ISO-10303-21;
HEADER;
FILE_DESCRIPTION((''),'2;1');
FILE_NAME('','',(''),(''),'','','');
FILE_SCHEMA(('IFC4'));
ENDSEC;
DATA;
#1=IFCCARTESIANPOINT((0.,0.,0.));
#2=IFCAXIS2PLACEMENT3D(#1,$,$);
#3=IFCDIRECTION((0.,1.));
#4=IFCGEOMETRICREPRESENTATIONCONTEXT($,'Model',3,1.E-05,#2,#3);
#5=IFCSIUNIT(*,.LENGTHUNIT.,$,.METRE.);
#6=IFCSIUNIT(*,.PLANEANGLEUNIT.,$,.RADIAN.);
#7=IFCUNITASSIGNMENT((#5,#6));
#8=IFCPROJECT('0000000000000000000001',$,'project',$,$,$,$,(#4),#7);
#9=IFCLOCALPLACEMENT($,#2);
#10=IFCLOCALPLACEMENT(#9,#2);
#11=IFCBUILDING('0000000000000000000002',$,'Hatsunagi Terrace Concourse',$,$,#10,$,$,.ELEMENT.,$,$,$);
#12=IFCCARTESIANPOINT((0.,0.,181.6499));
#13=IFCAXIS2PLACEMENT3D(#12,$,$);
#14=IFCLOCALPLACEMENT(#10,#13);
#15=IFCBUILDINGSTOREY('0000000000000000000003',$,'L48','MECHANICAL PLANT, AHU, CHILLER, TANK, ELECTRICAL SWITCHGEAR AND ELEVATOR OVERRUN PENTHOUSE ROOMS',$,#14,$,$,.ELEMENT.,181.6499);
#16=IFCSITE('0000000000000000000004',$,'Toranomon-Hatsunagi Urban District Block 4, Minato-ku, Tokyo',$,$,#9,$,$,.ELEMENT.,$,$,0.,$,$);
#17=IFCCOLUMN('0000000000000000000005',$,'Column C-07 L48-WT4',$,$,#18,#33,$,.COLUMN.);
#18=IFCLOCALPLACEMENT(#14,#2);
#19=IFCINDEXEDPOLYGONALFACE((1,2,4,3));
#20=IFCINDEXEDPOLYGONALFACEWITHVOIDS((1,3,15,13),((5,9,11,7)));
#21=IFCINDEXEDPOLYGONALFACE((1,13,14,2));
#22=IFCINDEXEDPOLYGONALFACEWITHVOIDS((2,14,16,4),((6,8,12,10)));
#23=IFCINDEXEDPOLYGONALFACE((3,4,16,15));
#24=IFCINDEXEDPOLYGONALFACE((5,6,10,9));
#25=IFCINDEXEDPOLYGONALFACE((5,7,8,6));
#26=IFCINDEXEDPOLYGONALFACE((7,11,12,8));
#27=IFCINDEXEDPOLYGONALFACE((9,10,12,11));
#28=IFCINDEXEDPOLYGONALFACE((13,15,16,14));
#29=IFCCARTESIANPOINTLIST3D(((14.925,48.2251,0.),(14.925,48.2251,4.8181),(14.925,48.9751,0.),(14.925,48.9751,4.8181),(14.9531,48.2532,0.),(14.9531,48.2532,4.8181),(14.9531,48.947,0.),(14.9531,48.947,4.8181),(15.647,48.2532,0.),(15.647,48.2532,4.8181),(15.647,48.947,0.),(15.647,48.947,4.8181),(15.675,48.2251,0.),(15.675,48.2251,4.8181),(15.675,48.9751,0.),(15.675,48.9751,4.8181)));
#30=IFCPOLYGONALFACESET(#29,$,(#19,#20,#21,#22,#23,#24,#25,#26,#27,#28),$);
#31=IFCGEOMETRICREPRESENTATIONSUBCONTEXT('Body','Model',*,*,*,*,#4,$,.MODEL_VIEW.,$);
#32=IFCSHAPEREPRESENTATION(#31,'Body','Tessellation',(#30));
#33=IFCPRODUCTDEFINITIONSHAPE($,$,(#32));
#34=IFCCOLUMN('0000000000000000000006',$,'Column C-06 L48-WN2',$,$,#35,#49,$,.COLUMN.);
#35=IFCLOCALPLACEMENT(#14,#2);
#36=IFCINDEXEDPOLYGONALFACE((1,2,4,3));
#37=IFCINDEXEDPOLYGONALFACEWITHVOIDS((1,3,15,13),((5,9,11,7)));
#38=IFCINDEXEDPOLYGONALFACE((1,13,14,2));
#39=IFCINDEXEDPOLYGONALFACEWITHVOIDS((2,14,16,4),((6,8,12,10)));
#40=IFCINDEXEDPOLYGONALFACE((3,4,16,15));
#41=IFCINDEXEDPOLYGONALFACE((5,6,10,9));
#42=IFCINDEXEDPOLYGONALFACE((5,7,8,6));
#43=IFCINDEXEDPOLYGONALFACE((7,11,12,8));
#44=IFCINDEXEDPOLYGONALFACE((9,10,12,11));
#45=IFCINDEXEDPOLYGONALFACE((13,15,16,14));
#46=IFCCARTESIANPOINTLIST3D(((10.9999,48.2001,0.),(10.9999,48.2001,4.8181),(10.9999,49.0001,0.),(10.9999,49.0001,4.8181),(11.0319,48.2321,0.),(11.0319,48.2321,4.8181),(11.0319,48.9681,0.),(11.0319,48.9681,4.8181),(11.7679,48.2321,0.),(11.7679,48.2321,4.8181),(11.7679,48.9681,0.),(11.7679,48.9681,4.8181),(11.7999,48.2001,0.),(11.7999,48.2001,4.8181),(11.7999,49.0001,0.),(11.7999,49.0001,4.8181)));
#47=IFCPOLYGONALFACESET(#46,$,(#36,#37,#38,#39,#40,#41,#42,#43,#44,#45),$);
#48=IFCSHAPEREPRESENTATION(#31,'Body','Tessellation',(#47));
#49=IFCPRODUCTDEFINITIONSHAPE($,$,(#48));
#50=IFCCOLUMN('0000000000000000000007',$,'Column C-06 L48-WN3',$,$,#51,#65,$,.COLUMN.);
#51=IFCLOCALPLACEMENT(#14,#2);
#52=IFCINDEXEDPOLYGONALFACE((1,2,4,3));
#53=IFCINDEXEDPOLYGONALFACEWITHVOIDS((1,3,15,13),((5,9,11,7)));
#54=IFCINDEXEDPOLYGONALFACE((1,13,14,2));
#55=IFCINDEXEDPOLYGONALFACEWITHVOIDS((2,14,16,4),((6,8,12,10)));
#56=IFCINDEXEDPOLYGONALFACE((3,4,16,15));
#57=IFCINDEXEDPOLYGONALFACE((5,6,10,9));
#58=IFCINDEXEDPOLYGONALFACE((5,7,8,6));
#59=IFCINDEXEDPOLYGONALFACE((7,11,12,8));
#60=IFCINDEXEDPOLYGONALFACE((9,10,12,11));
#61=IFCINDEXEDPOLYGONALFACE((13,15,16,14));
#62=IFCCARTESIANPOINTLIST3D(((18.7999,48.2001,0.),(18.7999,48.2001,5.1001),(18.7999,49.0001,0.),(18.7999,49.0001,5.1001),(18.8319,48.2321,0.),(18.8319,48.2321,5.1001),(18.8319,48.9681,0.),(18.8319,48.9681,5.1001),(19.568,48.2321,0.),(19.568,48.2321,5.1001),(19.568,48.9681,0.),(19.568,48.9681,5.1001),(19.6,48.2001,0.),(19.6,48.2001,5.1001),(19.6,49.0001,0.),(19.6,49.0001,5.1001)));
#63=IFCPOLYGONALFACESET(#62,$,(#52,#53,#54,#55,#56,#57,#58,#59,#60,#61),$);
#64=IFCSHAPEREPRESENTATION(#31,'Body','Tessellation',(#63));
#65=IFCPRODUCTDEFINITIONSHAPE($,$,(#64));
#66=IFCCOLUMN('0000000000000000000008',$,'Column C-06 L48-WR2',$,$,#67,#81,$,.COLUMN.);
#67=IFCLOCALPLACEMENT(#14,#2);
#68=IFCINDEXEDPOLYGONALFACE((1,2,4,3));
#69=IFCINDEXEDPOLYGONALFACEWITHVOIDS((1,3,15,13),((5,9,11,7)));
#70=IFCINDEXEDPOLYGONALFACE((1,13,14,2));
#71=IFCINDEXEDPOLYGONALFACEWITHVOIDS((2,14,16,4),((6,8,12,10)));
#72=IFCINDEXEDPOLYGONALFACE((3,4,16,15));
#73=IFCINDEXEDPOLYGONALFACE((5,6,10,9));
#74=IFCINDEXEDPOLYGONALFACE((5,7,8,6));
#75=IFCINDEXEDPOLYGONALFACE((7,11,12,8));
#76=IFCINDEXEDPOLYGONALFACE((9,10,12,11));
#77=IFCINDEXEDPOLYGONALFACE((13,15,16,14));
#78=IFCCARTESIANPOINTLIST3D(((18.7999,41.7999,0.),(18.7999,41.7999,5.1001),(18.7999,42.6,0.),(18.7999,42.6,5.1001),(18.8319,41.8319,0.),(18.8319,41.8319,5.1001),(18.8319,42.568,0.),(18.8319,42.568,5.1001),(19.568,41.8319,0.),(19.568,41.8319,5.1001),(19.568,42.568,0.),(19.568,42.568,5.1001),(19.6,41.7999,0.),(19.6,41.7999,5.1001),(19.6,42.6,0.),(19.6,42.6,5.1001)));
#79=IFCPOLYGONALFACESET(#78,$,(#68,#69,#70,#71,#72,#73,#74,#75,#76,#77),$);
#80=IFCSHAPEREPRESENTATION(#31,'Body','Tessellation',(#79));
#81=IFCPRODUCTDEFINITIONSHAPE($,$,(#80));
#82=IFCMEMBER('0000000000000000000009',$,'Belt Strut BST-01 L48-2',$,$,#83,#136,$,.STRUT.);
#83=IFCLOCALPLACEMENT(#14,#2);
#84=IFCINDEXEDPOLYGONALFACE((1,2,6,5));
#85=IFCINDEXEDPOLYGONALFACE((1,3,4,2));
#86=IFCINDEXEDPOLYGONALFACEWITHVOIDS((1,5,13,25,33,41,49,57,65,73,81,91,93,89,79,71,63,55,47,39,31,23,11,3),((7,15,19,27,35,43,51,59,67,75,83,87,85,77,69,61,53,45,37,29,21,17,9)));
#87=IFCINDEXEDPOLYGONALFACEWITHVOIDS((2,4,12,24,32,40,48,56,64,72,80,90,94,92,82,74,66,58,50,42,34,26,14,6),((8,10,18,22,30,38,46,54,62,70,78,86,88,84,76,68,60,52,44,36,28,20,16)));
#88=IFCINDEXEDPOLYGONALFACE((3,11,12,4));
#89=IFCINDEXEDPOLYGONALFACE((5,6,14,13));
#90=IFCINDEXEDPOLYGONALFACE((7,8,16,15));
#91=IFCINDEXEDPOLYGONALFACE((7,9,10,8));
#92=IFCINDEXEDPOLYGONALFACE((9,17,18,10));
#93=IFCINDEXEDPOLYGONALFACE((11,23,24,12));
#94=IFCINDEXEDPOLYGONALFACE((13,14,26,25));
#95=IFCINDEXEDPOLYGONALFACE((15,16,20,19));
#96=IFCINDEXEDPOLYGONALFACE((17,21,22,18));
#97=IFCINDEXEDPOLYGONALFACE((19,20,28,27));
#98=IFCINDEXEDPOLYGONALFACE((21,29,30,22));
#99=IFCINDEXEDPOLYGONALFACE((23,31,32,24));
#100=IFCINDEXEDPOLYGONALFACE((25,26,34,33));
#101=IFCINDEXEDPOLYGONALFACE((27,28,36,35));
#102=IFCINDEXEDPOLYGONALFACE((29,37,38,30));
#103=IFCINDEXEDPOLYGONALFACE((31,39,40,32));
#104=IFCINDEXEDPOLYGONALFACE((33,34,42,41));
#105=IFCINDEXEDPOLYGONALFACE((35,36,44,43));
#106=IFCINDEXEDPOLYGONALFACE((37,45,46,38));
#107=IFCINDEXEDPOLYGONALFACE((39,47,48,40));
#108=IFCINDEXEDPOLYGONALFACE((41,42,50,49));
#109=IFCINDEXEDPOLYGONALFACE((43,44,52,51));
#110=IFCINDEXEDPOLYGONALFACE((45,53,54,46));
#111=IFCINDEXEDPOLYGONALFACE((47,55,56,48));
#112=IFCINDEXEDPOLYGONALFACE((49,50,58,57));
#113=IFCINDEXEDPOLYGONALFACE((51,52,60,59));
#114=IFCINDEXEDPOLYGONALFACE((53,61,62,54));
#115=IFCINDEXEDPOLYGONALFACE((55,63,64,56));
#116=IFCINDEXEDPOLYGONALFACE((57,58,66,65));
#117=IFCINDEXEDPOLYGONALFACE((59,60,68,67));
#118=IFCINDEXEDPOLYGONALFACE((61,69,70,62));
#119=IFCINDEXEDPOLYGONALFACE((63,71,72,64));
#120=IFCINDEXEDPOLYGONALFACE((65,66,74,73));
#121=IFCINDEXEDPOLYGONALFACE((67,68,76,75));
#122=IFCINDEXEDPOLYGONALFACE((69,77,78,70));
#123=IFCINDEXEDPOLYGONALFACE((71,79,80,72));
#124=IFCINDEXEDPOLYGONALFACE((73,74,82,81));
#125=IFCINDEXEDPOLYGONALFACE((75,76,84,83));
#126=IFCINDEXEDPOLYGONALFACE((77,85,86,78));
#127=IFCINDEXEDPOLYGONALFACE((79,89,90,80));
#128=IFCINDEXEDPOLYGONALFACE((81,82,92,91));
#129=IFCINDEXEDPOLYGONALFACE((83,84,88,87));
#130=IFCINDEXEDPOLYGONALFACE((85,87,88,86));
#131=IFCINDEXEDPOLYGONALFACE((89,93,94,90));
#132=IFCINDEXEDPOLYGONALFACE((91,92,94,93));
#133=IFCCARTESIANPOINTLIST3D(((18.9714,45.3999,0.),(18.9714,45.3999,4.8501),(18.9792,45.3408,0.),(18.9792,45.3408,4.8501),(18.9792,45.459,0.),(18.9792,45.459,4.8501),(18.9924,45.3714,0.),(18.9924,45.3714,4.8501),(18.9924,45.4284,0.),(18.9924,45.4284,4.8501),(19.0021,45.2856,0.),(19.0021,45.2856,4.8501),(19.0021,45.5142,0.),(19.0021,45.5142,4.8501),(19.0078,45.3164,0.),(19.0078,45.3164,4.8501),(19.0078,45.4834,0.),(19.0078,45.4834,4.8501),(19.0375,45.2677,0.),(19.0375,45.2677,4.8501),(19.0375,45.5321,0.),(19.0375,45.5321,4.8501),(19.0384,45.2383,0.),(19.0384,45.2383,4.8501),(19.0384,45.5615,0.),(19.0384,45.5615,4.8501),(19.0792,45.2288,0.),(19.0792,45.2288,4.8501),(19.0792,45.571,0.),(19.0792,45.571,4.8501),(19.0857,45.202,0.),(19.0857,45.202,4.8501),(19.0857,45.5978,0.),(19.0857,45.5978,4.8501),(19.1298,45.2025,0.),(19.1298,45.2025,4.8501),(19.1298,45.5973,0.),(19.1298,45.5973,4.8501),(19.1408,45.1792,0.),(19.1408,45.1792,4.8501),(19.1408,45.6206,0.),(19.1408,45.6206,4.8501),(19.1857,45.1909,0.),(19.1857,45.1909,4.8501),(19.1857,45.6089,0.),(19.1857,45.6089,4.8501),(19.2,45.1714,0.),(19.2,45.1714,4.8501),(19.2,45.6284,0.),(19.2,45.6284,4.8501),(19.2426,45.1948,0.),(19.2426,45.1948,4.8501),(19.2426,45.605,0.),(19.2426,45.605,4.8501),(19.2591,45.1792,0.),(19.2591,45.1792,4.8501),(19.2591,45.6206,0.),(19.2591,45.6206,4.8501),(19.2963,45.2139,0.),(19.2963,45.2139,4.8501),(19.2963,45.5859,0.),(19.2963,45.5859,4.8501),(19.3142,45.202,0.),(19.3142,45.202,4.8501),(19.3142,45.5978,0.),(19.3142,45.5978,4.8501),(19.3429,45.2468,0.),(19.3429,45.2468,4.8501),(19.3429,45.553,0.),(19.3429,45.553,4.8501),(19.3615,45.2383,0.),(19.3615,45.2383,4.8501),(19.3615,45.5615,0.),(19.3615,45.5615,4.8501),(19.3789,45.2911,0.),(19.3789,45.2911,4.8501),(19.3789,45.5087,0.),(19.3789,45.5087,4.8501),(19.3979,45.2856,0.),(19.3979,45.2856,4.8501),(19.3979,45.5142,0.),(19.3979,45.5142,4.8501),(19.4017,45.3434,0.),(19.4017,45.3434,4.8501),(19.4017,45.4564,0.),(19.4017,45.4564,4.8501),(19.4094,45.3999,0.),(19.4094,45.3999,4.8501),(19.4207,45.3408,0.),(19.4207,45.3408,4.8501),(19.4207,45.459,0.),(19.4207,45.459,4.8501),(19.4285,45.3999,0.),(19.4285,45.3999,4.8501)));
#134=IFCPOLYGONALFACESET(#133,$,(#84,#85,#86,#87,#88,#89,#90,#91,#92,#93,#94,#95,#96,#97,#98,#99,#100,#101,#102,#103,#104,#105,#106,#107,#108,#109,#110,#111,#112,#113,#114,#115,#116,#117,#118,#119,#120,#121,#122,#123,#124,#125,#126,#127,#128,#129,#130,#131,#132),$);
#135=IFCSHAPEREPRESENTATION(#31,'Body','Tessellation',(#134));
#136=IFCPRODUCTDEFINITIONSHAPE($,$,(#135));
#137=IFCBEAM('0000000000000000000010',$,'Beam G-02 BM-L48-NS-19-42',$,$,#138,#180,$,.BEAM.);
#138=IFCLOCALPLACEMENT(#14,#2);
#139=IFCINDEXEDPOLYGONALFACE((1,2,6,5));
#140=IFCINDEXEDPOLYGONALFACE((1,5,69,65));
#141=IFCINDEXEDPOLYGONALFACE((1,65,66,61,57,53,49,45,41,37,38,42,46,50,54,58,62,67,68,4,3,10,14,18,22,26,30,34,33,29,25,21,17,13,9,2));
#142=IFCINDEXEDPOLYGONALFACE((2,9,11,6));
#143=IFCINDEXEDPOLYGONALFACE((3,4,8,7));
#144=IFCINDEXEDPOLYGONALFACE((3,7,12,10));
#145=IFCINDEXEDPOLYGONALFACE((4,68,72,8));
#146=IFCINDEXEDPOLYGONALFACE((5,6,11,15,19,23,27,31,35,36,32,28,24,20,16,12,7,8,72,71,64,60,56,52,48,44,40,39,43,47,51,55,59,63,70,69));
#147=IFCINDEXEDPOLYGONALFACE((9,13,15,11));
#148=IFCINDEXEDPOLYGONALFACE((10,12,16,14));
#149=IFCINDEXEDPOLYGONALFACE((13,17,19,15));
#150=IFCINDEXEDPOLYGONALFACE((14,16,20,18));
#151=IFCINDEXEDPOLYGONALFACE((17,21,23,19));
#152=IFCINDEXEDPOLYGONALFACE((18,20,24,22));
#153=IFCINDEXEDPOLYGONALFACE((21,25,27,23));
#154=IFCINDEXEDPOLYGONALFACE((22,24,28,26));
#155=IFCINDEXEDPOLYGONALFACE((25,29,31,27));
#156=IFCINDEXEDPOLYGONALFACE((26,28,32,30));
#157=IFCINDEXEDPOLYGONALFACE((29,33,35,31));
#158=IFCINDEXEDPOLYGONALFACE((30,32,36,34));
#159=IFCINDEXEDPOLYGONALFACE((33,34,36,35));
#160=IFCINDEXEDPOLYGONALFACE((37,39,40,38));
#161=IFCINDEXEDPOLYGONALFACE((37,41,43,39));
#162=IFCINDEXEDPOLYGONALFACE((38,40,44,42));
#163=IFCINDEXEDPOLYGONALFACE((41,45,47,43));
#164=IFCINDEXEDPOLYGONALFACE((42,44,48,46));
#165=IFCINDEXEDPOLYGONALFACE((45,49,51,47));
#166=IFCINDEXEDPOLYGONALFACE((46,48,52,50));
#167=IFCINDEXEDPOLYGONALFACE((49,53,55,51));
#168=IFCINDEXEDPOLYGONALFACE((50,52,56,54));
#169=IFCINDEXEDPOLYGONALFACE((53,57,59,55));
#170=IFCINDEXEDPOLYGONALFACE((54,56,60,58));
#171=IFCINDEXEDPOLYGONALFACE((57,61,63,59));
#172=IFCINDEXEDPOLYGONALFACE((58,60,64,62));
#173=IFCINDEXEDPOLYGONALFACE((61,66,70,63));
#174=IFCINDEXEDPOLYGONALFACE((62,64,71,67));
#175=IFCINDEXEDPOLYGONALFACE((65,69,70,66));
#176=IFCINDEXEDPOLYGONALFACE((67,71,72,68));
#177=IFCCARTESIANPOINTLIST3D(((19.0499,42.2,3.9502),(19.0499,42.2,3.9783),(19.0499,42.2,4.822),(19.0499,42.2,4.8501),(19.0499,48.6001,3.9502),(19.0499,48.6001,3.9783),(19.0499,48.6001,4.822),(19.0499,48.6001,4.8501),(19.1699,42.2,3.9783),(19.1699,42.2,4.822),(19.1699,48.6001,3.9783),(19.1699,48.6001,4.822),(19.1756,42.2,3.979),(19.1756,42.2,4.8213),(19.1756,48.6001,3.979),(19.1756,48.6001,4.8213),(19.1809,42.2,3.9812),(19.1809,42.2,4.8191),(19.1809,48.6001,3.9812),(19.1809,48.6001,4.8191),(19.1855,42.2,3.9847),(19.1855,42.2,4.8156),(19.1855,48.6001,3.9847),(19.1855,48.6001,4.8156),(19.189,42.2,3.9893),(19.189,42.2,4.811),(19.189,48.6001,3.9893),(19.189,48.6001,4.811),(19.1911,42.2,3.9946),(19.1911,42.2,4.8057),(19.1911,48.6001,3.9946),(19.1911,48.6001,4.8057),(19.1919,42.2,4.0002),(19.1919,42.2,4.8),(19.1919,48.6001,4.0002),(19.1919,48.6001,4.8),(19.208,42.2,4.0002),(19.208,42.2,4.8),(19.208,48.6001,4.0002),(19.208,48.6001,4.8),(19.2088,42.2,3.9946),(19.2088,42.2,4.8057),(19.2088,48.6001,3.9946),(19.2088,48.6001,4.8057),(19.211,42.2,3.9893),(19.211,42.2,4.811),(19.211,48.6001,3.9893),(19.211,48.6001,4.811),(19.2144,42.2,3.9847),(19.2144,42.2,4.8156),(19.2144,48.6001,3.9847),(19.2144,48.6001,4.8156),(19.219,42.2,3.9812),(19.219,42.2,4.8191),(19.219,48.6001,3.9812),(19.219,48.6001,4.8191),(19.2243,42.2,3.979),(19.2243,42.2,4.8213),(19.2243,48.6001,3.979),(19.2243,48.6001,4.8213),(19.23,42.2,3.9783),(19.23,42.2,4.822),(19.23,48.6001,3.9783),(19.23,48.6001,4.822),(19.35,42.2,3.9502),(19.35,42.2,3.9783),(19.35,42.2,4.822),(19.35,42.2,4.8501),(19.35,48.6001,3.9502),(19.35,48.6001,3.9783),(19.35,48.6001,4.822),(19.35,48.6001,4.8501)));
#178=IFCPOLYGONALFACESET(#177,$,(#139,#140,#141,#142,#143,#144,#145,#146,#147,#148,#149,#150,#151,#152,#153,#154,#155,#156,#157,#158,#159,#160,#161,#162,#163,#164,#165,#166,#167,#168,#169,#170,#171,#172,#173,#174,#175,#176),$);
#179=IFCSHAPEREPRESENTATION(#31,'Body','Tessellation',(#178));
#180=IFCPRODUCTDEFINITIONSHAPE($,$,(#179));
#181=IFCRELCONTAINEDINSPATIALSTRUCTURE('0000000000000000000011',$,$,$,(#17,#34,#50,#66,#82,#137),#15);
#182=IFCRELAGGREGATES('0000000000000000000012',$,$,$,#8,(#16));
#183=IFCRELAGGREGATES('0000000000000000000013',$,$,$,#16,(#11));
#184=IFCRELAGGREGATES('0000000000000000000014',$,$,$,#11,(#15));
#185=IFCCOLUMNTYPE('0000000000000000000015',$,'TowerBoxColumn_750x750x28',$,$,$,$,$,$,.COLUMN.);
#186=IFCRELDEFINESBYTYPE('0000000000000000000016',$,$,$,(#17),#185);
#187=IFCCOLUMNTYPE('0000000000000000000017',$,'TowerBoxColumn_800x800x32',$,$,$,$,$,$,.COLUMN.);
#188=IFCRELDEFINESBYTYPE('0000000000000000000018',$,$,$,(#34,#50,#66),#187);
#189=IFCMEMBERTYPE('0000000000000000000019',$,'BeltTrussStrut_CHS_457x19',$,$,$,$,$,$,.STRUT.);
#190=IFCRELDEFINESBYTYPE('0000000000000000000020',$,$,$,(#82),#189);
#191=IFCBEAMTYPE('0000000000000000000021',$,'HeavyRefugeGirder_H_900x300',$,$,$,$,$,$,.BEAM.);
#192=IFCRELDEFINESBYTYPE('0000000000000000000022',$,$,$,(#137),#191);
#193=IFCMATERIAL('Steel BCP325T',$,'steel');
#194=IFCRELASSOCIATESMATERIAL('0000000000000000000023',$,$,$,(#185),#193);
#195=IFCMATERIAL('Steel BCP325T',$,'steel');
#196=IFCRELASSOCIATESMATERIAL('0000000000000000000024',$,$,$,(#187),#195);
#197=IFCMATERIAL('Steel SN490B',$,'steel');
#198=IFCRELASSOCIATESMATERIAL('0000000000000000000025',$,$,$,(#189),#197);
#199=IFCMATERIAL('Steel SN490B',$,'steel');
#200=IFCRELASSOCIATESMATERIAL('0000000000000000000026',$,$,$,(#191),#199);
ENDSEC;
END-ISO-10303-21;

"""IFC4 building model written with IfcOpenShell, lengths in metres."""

from ifc_helpers import new_model, si_unit, direction, frame, origin, origin_2d, place, context, subcontext, project, spatial, hollow_rectangle, hollow_circle, i_section, extrude, material, material_profile, profile_set, type_object, element, save


model = new_model("IFC4")

# Units and contexts
model_context = context("Model", 3, precision=1e-05, world=origin(), true_north=direction((0.0, 1.0)))
body_context = subcontext(model_context, "Body", "Model", "MODEL_VIEW")
ifc_project = project(units=[si_unit("LENGTHUNIT", "METRE"), si_unit("PLANEANGLEUNIT", "RADIAN")], contexts=[model_context])

# Site, building, storey
site_placement = place(None, origin())
site = spatial("IfcSite", under=ifc_project, at=site_placement, Name="Toranomon-Hatsunagi Urban District Block 4, Minato-ku, Tokyo", CompositionType="ELEMENT", RefElevation=0.0)
building_placement = place(site_placement, origin())
building = spatial("IfcBuilding", under=site, at=building_placement, Name="Hatsunagi Terrace Concourse", CompositionType="ELEMENT")
storey_placement = place(building_placement, frame((0.0, 0.0, 181.6499)))
storey = spatial("IfcBuildingStorey", under=building, at=storey_placement, Name="L48", Description="MECHANICAL PLANT, AHU, CHILLER, TANK, ELECTRICAL SWITCHGEAR AND ELEVATOR OVERRUN PENTHOUSE ROOMS", CompositionType="ELEMENT", Elevation=181.6499)

# Columns
ifc_material_1 = material(Name="Steel BCP325T", Category="steel")
ifc_material_profile_1 = material_profile(ifc_material_1, hollow_rectangle(XDim=0.75, YDim=0.75, WallThickness=0.0281, at=origin_2d()), Name="BCP-750x750x28")
ifc_profile_set_1 = profile_set([ifc_material_profile_1], Name="Steel BCP325T")
column_type_1 = type_object("IfcColumnType", Name="TowerBoxColumn_750x750x28", PredefinedType="COLUMN", material=ifc_profile_set_1)
column_1_placement = place(storey_placement, frame((15.3, 48.6001, 0.0), z_axis=(0.0, 0.0, 1.0), x_axis=(1.0, 0.0, 0.0)))
element("IfcColumn", 1, at=column_1_placement, inside=storey, type_object=column_type_1, Name="Column C-07 L48-WT4", PredefinedType="COLUMN", context=body_context, shape_type="SweptSolid", body=[
    extrude(hollow_rectangle(XDim=0.75, YDim=0.75, WallThickness=0.0281, at=origin_2d()), origin(), (0.0, 0.0, 1.0), 4.8181),
])
ifc_material_2 = material(Name="Steel BCP325T", Category="steel")
ifc_material_profile_2 = material_profile(ifc_material_2, hollow_rectangle(XDim=0.8, YDim=0.8, WallThickness=0.032, at=origin_2d()), Name="BCP-800x800x32")
ifc_profile_set_2 = profile_set([ifc_material_profile_2], Name="Steel BCP325T")
column_type_2 = type_object("IfcColumnType", Name="TowerBoxColumn_800x800x32", PredefinedType="COLUMN", material=ifc_profile_set_2)
column_2_placement = place(storey_placement, frame((11.3999, 48.6001, 0.0), z_axis=(0.0, 0.0, 1.0), x_axis=(1.0, 0.0, 0.0)))
element("IfcColumn", 2, at=column_2_placement, inside=storey, type_object=column_type_2, Name="Column C-06 L48-WN2", PredefinedType="COLUMN", context=body_context, shape_type="SweptSolid", body=[
    extrude(hollow_rectangle(XDim=0.8, YDim=0.8, WallThickness=0.032, at=origin_2d()), origin(), (0.0, 0.0, 1.0), 4.8181),
])
for number, where, z_axis, x_axis, name in (
    (3, (19.2, 48.6001, 0.0), (0.0, 0.0, 1.0), (1.0, 0.0, 0.0), "Column C-06 L48-WN3"),
    (4, (19.2, 42.2, 0.0), (0.0, 0.0, 1.0), (1.0, 0.0, 0.0), "Column C-06 L48-WR2"),
):
    element("IfcColumn", number, at=place(storey_placement, frame(where, z_axis=z_axis, x_axis=x_axis)), inside=storey, type_object=column_type_2, Name=name, PredefinedType="COLUMN", context=body_context, shape_type="SweptSolid", body=[
        extrude(hollow_rectangle(XDim=0.8, YDim=0.8, WallThickness=0.032, at=origin_2d()), origin(), (0.0, 0.0, 1.0), 5.1001),
    ])

# Member
ifc_material_3 = material(Name="Steel SN490B", Category="steel")
ifc_material_profile_3 = material_profile(ifc_material_3, hollow_circle(Radius=0.2285, WallThickness=0.019, at=origin_2d()), Name="CHS-457.2x19")
ifc_profile_set_3 = profile_set([ifc_material_profile_3], Name="Steel SN490B")
member_type_1 = type_object("IfcMemberType", Name="BeltTrussStrut_CHS_457x19", PredefinedType="STRUT", material=ifc_profile_set_3)
member_1_placement = place(storey_placement, frame((19.2, 45.3999, 0.0), z_axis=(0.0, 0.0, 1.0), x_axis=(1.0, 0.0, 0.0)))
element("IfcMember", 5, at=member_1_placement, inside=storey, type_object=member_type_1, Name="Belt Strut BST-01 L48-2", PredefinedType="STRUT", context=body_context, shape_type="SweptSolid", body=[
    extrude(hollow_circle(Radius=0.2285, WallThickness=0.019, at=origin_2d()), origin(), (0.0, 0.0, 1.0), 4.8501),
])

# Beam
ifc_material_4 = material(Name="Steel SN490B", Category="steel")
ifc_material_profile_4 = material_profile(ifc_material_4, i_section(OverallWidth=0.3, OverallDepth=0.8999, WebThickness=0.0161, FlangeThickness=0.0281, FilletRadius=0.022, at=origin_2d()), Name="H-900x300x16x28")
ifc_profile_set_4 = profile_set([ifc_material_profile_4], Name="Steel SN490B")
beam_type_1 = type_object("IfcBeamType", Name="HeavyRefugeGirder_H_900x300", PredefinedType="BEAM", material=ifc_profile_set_4)
beam_1_placement = place(storey_placement, frame((19.2, 42.2, 4.4001), z_axis=(0.0, 1.0, 0.0), x_axis=(-1.0, 0.0, 0.0)))
element("IfcBeam", 6, at=beam_1_placement, inside=storey, type_object=beam_type_1, Name="Beam G-02 BM-L48-NS-19-42", PredefinedType="BEAM", context=body_context, shape_type="SweptSolid", body=[
    extrude(i_section(OverallWidth=0.3, OverallDepth=0.8999, WebThickness=0.0161, FlangeThickness=0.0281, FilletRadius=0.022, at=origin_2d()), origin(), (0.0, 0.0, 1.0), 6.4001),
])

save(model, "model.ifc")
